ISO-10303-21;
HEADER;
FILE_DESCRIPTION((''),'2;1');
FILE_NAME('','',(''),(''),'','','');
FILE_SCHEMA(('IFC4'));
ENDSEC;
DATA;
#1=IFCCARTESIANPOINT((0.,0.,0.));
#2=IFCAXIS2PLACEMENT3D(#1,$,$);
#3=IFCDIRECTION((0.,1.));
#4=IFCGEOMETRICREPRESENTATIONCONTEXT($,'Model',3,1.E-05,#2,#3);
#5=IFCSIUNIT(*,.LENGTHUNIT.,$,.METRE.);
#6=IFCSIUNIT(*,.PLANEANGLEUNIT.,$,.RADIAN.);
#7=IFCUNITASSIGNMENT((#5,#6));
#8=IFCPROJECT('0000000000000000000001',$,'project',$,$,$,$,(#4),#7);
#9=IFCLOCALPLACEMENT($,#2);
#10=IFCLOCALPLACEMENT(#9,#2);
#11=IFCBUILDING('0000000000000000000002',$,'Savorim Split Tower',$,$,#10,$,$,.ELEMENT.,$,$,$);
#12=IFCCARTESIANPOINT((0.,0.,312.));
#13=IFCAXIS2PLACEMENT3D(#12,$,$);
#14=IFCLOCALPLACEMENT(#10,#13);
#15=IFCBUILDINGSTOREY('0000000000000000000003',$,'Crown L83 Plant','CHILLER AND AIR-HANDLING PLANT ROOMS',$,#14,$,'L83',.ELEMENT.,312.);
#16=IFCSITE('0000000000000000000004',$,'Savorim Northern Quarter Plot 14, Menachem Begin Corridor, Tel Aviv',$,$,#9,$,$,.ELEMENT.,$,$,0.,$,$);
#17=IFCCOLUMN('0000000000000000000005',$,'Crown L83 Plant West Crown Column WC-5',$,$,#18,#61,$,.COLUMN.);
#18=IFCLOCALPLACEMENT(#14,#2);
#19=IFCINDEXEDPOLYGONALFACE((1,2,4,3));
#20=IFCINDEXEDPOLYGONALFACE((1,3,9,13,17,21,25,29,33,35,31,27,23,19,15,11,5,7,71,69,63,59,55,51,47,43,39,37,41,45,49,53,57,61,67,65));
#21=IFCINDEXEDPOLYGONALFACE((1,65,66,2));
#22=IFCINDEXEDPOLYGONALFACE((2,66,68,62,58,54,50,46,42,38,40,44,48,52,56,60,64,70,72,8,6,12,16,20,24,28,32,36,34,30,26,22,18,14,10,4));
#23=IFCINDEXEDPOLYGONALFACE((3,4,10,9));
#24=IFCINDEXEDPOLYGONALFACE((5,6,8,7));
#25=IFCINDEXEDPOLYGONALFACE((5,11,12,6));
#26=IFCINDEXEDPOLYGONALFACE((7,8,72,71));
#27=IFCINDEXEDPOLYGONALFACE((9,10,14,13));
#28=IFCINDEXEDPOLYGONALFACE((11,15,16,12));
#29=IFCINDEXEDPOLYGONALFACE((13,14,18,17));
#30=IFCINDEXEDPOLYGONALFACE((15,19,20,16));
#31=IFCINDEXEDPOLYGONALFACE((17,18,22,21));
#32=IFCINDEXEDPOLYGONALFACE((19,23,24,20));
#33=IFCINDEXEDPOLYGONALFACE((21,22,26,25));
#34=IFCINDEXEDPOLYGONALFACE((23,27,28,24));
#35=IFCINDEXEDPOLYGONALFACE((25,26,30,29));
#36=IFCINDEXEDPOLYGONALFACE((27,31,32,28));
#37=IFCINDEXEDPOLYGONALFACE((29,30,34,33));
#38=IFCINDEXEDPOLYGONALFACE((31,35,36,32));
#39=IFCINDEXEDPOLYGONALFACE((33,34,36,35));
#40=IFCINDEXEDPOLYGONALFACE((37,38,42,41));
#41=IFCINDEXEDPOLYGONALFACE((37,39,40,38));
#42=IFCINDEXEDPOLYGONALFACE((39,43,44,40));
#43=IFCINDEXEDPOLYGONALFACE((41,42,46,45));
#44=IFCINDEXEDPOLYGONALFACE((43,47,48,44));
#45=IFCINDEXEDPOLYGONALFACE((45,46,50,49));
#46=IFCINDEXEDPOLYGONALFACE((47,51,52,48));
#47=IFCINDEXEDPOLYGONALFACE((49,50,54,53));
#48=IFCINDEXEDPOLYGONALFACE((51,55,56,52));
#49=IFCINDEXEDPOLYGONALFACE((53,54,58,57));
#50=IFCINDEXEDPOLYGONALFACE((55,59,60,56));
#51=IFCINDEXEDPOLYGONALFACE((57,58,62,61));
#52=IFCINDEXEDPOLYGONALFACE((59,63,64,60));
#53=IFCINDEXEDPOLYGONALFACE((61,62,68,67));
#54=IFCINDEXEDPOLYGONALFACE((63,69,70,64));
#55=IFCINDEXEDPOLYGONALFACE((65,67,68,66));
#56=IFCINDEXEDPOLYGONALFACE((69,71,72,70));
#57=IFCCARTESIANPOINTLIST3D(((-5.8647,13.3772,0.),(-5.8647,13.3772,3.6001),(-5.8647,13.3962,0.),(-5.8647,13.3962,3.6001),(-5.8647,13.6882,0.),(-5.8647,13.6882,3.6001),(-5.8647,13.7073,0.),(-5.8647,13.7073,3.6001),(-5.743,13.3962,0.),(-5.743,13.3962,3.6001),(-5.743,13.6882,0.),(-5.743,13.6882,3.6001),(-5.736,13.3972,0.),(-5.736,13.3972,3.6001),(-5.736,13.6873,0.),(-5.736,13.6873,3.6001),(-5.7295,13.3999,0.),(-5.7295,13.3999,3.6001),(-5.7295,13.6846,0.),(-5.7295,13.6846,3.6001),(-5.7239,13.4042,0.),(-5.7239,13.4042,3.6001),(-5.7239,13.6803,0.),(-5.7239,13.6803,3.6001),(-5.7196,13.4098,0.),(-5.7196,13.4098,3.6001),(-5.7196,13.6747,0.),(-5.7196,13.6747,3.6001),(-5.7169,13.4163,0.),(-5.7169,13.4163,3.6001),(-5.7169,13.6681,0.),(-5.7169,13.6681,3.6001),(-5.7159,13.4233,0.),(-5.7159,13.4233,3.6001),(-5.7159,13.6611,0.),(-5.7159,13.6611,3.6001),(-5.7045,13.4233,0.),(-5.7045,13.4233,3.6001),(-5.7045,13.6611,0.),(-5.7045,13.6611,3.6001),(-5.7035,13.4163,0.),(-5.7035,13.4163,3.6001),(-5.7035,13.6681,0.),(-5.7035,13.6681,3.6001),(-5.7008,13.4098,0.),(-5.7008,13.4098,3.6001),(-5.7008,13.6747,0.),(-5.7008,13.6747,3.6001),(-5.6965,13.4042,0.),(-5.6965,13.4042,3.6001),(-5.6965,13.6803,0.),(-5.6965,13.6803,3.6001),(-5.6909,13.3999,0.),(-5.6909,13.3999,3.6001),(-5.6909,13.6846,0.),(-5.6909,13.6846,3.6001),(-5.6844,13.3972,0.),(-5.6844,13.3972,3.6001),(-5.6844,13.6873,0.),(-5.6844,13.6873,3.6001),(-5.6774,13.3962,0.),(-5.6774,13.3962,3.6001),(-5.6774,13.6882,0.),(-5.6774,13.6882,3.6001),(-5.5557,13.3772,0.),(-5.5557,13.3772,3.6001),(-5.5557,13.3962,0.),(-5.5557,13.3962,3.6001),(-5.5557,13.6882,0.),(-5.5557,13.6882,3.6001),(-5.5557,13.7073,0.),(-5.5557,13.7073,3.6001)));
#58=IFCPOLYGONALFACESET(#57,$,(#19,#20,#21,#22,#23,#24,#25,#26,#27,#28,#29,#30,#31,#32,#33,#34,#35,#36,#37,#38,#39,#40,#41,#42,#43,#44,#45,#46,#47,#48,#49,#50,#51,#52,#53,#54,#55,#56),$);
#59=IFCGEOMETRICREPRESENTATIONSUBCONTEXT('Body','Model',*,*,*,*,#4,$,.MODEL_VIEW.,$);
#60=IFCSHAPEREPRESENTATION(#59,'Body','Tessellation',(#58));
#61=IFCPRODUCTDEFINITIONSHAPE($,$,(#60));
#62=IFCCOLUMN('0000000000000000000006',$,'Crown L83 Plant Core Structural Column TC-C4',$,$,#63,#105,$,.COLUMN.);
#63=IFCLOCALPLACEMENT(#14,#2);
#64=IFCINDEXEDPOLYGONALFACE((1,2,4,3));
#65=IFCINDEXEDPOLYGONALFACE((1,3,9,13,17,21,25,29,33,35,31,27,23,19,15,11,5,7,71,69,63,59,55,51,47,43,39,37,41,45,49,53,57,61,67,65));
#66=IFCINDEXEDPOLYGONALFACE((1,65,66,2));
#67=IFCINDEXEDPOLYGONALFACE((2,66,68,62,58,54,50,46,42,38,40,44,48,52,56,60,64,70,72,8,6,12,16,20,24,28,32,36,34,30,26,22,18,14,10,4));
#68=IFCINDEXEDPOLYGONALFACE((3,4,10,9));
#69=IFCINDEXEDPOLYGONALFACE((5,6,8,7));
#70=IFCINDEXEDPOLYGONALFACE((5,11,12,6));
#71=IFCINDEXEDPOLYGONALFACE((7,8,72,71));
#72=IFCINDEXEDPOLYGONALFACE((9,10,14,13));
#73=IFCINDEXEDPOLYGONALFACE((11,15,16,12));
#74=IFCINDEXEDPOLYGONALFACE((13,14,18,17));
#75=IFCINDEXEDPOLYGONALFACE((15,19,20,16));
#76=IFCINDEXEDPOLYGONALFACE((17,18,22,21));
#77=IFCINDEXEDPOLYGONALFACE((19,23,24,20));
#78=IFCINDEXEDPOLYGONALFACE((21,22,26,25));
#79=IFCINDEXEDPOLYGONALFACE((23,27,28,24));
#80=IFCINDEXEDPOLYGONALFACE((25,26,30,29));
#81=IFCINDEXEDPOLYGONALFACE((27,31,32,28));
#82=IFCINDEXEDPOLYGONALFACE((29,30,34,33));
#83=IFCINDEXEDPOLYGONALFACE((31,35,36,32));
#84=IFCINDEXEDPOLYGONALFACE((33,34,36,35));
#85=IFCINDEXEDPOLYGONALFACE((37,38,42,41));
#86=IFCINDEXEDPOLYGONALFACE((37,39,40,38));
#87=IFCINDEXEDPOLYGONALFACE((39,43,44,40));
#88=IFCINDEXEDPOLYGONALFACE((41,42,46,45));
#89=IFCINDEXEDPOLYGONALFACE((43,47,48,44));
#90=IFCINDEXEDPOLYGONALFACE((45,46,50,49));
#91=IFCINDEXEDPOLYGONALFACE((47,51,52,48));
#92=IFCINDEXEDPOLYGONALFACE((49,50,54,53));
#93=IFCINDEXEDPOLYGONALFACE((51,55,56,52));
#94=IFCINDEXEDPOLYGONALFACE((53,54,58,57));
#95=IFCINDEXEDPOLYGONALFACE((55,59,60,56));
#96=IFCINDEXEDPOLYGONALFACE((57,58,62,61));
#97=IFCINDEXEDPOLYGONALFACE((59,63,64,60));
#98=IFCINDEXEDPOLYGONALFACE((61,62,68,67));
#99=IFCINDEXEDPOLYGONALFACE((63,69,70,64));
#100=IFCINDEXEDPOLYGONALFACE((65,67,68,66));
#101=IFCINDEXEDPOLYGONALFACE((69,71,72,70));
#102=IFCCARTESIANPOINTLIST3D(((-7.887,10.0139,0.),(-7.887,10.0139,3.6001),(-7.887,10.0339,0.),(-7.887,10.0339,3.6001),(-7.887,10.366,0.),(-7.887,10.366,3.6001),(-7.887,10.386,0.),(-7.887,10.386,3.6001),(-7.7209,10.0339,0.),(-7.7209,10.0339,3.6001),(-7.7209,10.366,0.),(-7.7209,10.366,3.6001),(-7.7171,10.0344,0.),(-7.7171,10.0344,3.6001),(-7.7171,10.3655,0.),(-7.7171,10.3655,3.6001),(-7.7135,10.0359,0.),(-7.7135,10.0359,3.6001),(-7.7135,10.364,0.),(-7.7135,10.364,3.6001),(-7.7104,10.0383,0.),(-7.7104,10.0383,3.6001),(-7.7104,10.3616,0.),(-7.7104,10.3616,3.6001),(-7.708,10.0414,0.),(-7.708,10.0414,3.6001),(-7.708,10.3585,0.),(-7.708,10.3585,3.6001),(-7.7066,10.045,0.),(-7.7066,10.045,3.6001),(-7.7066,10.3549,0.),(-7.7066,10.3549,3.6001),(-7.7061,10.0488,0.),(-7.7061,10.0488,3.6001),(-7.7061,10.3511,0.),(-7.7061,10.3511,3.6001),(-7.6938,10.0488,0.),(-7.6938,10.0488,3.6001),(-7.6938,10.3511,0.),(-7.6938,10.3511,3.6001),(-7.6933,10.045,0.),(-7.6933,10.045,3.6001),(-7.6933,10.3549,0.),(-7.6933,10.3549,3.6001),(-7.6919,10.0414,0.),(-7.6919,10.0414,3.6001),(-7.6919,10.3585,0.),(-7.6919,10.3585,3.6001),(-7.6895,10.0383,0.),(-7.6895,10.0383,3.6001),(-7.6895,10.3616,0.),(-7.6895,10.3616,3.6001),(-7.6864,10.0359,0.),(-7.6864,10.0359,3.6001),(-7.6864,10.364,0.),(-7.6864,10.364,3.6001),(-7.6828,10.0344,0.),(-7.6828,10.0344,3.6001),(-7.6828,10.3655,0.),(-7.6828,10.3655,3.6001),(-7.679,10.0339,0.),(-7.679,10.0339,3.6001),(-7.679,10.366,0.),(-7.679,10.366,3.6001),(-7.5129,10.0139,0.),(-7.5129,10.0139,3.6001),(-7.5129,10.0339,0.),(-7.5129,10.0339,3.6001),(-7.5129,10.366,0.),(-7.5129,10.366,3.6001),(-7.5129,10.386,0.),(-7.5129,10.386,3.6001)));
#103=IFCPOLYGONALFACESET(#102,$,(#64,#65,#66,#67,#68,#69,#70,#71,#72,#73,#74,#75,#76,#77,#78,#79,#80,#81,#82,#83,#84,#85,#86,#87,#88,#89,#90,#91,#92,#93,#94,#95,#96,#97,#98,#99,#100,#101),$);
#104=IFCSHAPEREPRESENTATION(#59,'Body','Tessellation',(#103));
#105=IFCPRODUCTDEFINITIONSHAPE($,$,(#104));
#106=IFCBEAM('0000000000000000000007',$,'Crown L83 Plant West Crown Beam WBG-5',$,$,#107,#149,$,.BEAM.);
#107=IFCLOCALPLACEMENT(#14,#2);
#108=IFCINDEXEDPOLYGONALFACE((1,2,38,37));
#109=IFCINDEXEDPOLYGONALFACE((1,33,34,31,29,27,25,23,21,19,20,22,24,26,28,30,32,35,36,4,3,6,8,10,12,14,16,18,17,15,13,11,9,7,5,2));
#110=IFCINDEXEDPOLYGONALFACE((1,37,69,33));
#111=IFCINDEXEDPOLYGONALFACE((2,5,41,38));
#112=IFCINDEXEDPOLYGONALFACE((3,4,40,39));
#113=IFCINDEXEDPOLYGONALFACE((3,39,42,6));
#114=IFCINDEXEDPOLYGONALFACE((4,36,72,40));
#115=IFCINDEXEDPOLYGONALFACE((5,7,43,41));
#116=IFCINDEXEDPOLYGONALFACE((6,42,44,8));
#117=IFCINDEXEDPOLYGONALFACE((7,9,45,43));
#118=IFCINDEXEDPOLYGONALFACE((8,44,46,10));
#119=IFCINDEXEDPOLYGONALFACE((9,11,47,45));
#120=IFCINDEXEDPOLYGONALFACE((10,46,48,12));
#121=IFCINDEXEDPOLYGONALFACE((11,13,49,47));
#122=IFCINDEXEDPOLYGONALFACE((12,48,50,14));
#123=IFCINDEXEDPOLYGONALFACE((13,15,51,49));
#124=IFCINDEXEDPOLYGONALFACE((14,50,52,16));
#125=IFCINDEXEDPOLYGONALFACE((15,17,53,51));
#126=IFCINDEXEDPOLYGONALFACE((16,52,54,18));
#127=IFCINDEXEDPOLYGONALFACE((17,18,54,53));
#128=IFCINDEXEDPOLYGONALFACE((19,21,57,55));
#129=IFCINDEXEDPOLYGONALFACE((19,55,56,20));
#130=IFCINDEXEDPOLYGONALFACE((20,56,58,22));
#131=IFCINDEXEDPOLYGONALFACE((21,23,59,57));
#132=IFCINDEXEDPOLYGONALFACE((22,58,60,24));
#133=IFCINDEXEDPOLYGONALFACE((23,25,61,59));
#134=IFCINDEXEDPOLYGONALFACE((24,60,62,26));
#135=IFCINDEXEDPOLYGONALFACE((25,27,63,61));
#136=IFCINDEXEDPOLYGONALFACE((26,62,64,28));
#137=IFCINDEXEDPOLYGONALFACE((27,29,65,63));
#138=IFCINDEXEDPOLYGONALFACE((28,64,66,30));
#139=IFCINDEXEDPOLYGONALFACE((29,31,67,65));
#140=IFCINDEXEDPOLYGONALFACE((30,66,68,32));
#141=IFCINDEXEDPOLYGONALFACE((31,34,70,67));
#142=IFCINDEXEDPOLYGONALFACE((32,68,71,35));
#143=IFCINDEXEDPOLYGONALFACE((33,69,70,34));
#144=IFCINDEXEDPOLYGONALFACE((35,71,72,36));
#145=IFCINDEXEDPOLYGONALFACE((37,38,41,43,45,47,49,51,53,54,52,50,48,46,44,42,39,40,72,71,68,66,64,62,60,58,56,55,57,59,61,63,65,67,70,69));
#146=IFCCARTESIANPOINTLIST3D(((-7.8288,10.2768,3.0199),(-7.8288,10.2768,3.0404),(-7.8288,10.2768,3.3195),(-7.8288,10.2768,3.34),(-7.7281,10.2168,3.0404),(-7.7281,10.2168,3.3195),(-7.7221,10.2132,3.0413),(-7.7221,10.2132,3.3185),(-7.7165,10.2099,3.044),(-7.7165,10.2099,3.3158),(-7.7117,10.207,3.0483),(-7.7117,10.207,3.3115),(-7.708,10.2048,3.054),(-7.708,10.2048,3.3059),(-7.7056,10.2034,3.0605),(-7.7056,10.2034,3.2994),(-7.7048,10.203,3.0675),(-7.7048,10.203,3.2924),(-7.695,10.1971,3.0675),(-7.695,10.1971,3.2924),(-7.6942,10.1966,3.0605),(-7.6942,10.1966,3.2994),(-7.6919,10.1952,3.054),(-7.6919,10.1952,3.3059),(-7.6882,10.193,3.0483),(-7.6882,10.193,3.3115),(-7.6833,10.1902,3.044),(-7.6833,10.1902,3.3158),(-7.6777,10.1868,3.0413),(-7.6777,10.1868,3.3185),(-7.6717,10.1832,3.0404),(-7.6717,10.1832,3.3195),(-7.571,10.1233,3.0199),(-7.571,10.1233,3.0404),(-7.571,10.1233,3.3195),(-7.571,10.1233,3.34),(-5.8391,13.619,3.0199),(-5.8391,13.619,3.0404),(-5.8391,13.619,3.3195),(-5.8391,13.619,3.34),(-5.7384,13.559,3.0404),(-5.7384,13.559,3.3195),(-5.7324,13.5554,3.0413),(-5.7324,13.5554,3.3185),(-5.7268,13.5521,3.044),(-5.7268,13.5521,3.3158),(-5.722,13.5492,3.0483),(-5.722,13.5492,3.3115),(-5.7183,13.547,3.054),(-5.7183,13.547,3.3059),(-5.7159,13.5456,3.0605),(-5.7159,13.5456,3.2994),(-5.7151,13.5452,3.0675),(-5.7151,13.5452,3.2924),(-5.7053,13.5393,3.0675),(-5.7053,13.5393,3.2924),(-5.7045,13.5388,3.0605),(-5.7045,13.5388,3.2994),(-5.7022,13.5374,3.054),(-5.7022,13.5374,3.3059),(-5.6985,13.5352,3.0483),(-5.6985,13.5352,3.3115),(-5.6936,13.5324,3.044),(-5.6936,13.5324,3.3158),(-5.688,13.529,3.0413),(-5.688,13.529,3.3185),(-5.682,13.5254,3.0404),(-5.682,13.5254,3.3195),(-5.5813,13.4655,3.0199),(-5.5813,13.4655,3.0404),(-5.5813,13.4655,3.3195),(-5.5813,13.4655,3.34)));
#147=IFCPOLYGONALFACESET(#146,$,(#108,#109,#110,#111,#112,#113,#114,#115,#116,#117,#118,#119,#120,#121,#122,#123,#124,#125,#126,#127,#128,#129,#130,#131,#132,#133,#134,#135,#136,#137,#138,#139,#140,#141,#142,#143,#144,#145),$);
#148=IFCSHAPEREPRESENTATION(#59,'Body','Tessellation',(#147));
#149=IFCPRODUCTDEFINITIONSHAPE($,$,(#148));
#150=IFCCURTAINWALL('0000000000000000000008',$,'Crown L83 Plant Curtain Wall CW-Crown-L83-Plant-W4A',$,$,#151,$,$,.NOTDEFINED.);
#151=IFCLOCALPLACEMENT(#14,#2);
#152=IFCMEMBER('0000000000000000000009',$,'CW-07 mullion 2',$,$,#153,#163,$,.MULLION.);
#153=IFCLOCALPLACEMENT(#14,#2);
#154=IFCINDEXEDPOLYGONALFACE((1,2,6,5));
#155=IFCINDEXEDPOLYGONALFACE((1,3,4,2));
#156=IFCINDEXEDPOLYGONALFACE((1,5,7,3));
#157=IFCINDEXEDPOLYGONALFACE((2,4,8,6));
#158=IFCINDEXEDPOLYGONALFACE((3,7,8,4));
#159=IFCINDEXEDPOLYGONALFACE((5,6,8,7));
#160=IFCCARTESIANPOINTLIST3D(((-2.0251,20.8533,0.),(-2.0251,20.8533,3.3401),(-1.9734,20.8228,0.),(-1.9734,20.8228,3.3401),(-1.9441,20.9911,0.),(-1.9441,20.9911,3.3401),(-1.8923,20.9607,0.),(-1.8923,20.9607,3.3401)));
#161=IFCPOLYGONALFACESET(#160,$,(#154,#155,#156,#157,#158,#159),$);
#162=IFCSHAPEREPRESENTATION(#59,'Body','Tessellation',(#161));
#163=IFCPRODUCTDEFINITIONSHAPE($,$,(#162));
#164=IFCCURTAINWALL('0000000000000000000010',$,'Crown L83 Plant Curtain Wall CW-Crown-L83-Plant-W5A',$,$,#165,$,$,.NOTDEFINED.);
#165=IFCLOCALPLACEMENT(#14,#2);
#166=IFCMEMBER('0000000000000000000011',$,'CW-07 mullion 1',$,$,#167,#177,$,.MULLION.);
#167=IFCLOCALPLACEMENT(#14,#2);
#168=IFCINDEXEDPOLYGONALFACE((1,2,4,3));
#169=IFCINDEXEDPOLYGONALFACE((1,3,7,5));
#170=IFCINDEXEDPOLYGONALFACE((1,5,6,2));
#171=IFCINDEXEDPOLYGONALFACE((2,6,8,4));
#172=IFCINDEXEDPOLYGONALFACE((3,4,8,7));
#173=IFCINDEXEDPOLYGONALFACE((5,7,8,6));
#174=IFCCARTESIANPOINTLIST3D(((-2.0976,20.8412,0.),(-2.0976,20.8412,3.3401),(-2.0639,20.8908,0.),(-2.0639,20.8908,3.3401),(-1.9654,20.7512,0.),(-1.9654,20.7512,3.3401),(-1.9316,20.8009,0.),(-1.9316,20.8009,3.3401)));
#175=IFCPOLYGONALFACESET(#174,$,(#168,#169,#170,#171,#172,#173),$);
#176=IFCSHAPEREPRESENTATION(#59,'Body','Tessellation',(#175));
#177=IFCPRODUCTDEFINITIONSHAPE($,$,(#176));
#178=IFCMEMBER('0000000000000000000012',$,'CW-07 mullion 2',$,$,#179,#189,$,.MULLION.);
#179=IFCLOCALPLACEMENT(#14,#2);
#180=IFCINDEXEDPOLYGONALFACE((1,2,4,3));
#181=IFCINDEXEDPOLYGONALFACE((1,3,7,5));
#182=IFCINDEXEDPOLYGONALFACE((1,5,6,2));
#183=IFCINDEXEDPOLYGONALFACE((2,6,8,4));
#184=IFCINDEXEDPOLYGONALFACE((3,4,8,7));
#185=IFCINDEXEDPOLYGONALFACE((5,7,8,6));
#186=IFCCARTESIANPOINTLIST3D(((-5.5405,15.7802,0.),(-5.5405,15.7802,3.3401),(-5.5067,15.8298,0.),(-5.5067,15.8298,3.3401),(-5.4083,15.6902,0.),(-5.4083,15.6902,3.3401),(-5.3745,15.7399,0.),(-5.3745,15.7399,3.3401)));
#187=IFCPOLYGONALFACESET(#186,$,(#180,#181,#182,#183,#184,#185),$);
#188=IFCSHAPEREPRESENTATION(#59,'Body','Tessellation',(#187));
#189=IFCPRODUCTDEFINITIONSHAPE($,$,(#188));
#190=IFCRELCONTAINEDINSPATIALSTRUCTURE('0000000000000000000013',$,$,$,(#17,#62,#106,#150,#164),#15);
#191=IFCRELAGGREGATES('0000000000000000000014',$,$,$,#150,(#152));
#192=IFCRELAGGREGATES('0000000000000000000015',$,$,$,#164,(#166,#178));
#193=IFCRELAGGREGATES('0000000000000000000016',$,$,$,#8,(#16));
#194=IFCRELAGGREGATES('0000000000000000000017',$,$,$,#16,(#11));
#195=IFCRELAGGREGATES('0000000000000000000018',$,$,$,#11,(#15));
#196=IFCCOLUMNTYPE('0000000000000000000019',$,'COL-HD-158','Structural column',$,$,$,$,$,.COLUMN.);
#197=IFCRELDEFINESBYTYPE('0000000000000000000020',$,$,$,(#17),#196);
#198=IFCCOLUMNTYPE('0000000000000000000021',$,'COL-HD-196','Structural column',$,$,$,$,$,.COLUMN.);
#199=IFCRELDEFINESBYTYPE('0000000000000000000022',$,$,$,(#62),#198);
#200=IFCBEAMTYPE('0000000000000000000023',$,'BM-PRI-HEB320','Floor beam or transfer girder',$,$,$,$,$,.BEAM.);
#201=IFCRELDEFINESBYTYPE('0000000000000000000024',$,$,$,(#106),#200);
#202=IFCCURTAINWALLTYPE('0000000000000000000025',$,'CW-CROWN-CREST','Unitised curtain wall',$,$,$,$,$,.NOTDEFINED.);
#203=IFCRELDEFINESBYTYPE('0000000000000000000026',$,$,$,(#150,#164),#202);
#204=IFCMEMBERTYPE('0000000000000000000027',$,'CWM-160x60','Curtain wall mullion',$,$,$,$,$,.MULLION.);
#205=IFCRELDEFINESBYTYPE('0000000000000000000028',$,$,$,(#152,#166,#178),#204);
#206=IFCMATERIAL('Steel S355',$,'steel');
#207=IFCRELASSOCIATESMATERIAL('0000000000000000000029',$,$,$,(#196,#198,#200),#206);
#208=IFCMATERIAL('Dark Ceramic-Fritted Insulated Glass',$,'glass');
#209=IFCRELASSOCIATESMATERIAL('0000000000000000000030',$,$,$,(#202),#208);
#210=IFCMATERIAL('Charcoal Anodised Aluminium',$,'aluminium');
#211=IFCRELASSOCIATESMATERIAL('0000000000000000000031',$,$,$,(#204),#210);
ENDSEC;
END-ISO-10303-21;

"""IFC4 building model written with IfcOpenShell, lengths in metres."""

from ifc_helpers import new_model, si_unit, direction, frame, origin, origin_2d, place, context, subcontext, project, spatial, rectangle, i_section, extrude, material, material_profile, profile_set, type_object, element, aggregate, save


model = new_model("IFC4")

# Units and contexts
model_context = context("Model", 3, precision=1e-05, world=origin(), true_north=direction((0.0, 1.0)))
body_context = subcontext(model_context, "Body", "Model", "MODEL_VIEW")
ifc_project = project(units=[si_unit("LENGTHUNIT", "METRE"), si_unit("PLANEANGLEUNIT", "RADIAN")], contexts=[model_context])

# Site, building, storey
site_placement = place(None, origin())
site = spatial("IfcSite", under=ifc_project, at=site_placement, Name="Savorim Northern Quarter Plot 14, Menachem Begin Corridor, Tel Aviv", CompositionType="ELEMENT", RefElevation=0.0)
building_placement = place(site_placement, origin())
building = spatial("IfcBuilding", under=site, at=building_placement, Name="Savorim Split Tower", CompositionType="ELEMENT")
storey_placement = place(building_placement, frame((0.0, 0.0, 312.0)))
storey = spatial("IfcBuildingStorey", under=building, at=storey_placement, Name="Crown L83 Plant", Description="CHILLER AND AIR-HANDLING PLANT ROOMS", LongName="L83", CompositionType="ELEMENT", Elevation=312.0)

# Columns
ifc_material_1 = material(Name="Steel S355", Category="steel")
ifc_material_profile_1 = material_profile(ifc_material_1, i_section(OverallWidth=0.3091, OverallDepth=0.3301, WebThickness=0.0115, FlangeThickness=0.019, FilletRadius=0.0271, at=origin_2d()), Name="HD 320x158")
ifc_profile_set_1 = profile_set([ifc_material_profile_1], Name="Steel S355")
column_type_1 = type_object("IfcColumnType", Name="COL-HD-158", Description="Structural column", PredefinedType="COLUMN", material=ifc_profile_set_1)
column_1_placement = place(storey_placement, frame((-5.7102, 13.5422, 0.0), z_axis=(0.0, 0.0, 1.0), x_axis=(1.0, 0.0, 0.0)))
element("IfcColumn", 1, at=column_1_placement, inside=storey, type_object=column_type_1, Name="Crown L83 Plant West Crown Column WC-5", PredefinedType="COLUMN", context=body_context, shape_type="SweptSolid", body=[
    extrude(i_section(OverallWidth=0.3091, OverallDepth=0.3301, WebThickness=0.0115, FlangeThickness=0.019, FilletRadius=0.0271, at=origin_2d()), origin(), (0.0, 0.0, 1.0), 3.6001),
])
ifc_material_profile_2 = material_profile(ifc_material_1, i_section(OverallWidth=0.374, OverallDepth=0.3721, WebThickness=0.0122, FlangeThickness=0.02, FilletRadius=0.0149, at=origin_2d()), Name="HD 360x196")
ifc_profile_set_2 = profile_set([ifc_material_profile_2], Name="Steel S355")
column_type_2 = type_object("IfcColumnType", Name="COL-HD-196", Description="Structural column", PredefinedType="COLUMN", material=ifc_profile_set_2)
column_2_placement = place(storey_placement, frame((-7.7, 10.2, 0.0), z_axis=(0.0, 0.0, 1.0), x_axis=(1.0, 0.0, 0.0)))
element("IfcColumn", 2, at=column_2_placement, inside=storey, type_object=column_type_2, Name="Crown L83 Plant Core Structural Column TC-C4", PredefinedType="COLUMN", context=body_context, shape_type="SweptSolid", body=[
    extrude(i_section(OverallWidth=0.374, OverallDepth=0.3721, WebThickness=0.0122, FlangeThickness=0.02, FilletRadius=0.0149, at=origin_2d()), origin(), (0.0, 0.0, 1.0), 3.6001),
])

# Beam
ifc_material_profile_3 = material_profile(ifc_material_1, i_section(OverallWidth=0.3, OverallDepth=0.3201, WebThickness=0.0115, FlangeThickness=0.0205, FilletRadius=0.0271, at=origin_2d()), Name="HEB 320")
ifc_profile_set_3 = profile_set([ifc_material_profile_3], Name="Steel S355")
beam_type = type_object("IfcBeamType", Name="BM-PRI-HEB320", Description="Floor beam or transfer girder", PredefinedType="BEAM", material=ifc_profile_set_3)
beam_placement = place(storey_placement, frame((-5.7102, 13.5422, 3.1799), z_axis=(-0.511539, -0.85926, 0.0), x_axis=(0.85926, -0.511539, 0.0)))
element("IfcBeam", 3, at=beam_placement, inside=storey, type_object=beam_type, Name="Crown L83 Plant West Crown Beam WBG-5", PredefinedType="BEAM", context=body_context, shape_type="SweptSolid", body=[
    extrude(i_section(OverallWidth=0.3, OverallDepth=0.3201, WebThickness=0.0115, FlangeThickness=0.0205, FilletRadius=0.0271, at=origin_2d()), origin(), (0.0, 0.0, 1.0), 3.8896),
])

# Curtain wall, member
ifc_material_2 = material(Name="Dark Ceramic-Fritted Insulated Glass", Category="glass")
curtain_wall_type = type_object("IfcCurtainWallType", Name="CW-CROWN-CREST", Description="Unitised curtain wall", PredefinedType="NOTDEFINED", material=ifc_material_2)
curtain_wall_1_placement = place(storey_placement, origin())
curtain_wall_1 = element("IfcCurtainWall", 4, at=curtain_wall_1_placement, inside=storey, type_object=curtain_wall_type, Name="Crown L83 Plant Curtain Wall CW-Crown-L83-Plant-W4A", PredefinedType="NOTDEFINED")
ifc_material_3 = material(Name="Charcoal Anodised Aluminium", Category="aluminium")
ifc_material_profile_4 = material_profile(ifc_material_3, rectangle(XDim=0.1599, YDim=0.0601, at=origin_2d()), Name="ALU-M 160x60")
ifc_profile_set_4 = profile_set([ifc_material_profile_4], Name="Charcoal Anodised Aluminium")
member_type_1 = type_object("IfcMemberType", Name="CWM-160x60", Description="Curtain wall mullion", PredefinedType="MULLION", material=ifc_profile_set_4)
member_1_placement = place(storey_placement, frame((-1.9587, 20.907, 0.0), z_axis=(0.0, 0.0, 1.0), x_axis=(-0.506699, -0.862123, 0.0)))
member_1 = element("IfcMember", 5, at=member_1_placement, type_object=member_type_1, Name="CW-07 mullion 2", PredefinedType="MULLION", context=body_context, shape_type="SweptSolid", body=[
    extrude(rectangle(XDim=0.1599, YDim=0.0601, at=origin_2d()), origin(), (0.0, 0.0, 1.0), 3.3401),
])

# Curtain wall, members
curtain_wall_2_placement = place(storey_placement, origin())
curtain_wall_2 = element("IfcCurtainWall", 6, at=curtain_wall_2_placement, inside=storey, type_object=curtain_wall_type, Name="Crown L83 Plant Curtain Wall CW-Crown-L83-Plant-W5A", PredefinedType="NOTDEFINED")
member_2_placement = place(storey_placement, frame((-2.0146, 20.821, 0.0), z_axis=(0.0, 0.0, 1.0), x_axis=(0.826821, -0.562465, 0.0)))
member_2 = element("IfcMember", 7, at=member_2_placement, type_object=member_type_1, Name="CW-07 mullion 1", PredefinedType="MULLION", context=body_context, shape_type="SweptSolid", body=[
    extrude(rectangle(XDim=0.1599, YDim=0.0601, at=origin_2d()), origin(), (0.0, 0.0, 1.0), 3.3401),
])
member_3_placement = place(storey_placement, frame((-5.4575, 15.76, 0.0), z_axis=(0.0, 0.0, 1.0), x_axis=(0.826821, -0.562465, 0.0)))
member_3 = element("IfcMember", 8, at=member_3_placement, type_object=member_type_1, Name="CW-07 mullion 2", PredefinedType="MULLION", context=body_context, shape_type="SweptSolid", body=[
    extrude(rectangle(XDim=0.1599, YDim=0.0601, at=origin_2d()), origin(), (0.0, 0.0, 1.0), 3.3401),
])

aggregate(curtain_wall_1, [member_1])
aggregate(curtain_wall_2, [member_2, member_3])

save(model, "model.ifc")
